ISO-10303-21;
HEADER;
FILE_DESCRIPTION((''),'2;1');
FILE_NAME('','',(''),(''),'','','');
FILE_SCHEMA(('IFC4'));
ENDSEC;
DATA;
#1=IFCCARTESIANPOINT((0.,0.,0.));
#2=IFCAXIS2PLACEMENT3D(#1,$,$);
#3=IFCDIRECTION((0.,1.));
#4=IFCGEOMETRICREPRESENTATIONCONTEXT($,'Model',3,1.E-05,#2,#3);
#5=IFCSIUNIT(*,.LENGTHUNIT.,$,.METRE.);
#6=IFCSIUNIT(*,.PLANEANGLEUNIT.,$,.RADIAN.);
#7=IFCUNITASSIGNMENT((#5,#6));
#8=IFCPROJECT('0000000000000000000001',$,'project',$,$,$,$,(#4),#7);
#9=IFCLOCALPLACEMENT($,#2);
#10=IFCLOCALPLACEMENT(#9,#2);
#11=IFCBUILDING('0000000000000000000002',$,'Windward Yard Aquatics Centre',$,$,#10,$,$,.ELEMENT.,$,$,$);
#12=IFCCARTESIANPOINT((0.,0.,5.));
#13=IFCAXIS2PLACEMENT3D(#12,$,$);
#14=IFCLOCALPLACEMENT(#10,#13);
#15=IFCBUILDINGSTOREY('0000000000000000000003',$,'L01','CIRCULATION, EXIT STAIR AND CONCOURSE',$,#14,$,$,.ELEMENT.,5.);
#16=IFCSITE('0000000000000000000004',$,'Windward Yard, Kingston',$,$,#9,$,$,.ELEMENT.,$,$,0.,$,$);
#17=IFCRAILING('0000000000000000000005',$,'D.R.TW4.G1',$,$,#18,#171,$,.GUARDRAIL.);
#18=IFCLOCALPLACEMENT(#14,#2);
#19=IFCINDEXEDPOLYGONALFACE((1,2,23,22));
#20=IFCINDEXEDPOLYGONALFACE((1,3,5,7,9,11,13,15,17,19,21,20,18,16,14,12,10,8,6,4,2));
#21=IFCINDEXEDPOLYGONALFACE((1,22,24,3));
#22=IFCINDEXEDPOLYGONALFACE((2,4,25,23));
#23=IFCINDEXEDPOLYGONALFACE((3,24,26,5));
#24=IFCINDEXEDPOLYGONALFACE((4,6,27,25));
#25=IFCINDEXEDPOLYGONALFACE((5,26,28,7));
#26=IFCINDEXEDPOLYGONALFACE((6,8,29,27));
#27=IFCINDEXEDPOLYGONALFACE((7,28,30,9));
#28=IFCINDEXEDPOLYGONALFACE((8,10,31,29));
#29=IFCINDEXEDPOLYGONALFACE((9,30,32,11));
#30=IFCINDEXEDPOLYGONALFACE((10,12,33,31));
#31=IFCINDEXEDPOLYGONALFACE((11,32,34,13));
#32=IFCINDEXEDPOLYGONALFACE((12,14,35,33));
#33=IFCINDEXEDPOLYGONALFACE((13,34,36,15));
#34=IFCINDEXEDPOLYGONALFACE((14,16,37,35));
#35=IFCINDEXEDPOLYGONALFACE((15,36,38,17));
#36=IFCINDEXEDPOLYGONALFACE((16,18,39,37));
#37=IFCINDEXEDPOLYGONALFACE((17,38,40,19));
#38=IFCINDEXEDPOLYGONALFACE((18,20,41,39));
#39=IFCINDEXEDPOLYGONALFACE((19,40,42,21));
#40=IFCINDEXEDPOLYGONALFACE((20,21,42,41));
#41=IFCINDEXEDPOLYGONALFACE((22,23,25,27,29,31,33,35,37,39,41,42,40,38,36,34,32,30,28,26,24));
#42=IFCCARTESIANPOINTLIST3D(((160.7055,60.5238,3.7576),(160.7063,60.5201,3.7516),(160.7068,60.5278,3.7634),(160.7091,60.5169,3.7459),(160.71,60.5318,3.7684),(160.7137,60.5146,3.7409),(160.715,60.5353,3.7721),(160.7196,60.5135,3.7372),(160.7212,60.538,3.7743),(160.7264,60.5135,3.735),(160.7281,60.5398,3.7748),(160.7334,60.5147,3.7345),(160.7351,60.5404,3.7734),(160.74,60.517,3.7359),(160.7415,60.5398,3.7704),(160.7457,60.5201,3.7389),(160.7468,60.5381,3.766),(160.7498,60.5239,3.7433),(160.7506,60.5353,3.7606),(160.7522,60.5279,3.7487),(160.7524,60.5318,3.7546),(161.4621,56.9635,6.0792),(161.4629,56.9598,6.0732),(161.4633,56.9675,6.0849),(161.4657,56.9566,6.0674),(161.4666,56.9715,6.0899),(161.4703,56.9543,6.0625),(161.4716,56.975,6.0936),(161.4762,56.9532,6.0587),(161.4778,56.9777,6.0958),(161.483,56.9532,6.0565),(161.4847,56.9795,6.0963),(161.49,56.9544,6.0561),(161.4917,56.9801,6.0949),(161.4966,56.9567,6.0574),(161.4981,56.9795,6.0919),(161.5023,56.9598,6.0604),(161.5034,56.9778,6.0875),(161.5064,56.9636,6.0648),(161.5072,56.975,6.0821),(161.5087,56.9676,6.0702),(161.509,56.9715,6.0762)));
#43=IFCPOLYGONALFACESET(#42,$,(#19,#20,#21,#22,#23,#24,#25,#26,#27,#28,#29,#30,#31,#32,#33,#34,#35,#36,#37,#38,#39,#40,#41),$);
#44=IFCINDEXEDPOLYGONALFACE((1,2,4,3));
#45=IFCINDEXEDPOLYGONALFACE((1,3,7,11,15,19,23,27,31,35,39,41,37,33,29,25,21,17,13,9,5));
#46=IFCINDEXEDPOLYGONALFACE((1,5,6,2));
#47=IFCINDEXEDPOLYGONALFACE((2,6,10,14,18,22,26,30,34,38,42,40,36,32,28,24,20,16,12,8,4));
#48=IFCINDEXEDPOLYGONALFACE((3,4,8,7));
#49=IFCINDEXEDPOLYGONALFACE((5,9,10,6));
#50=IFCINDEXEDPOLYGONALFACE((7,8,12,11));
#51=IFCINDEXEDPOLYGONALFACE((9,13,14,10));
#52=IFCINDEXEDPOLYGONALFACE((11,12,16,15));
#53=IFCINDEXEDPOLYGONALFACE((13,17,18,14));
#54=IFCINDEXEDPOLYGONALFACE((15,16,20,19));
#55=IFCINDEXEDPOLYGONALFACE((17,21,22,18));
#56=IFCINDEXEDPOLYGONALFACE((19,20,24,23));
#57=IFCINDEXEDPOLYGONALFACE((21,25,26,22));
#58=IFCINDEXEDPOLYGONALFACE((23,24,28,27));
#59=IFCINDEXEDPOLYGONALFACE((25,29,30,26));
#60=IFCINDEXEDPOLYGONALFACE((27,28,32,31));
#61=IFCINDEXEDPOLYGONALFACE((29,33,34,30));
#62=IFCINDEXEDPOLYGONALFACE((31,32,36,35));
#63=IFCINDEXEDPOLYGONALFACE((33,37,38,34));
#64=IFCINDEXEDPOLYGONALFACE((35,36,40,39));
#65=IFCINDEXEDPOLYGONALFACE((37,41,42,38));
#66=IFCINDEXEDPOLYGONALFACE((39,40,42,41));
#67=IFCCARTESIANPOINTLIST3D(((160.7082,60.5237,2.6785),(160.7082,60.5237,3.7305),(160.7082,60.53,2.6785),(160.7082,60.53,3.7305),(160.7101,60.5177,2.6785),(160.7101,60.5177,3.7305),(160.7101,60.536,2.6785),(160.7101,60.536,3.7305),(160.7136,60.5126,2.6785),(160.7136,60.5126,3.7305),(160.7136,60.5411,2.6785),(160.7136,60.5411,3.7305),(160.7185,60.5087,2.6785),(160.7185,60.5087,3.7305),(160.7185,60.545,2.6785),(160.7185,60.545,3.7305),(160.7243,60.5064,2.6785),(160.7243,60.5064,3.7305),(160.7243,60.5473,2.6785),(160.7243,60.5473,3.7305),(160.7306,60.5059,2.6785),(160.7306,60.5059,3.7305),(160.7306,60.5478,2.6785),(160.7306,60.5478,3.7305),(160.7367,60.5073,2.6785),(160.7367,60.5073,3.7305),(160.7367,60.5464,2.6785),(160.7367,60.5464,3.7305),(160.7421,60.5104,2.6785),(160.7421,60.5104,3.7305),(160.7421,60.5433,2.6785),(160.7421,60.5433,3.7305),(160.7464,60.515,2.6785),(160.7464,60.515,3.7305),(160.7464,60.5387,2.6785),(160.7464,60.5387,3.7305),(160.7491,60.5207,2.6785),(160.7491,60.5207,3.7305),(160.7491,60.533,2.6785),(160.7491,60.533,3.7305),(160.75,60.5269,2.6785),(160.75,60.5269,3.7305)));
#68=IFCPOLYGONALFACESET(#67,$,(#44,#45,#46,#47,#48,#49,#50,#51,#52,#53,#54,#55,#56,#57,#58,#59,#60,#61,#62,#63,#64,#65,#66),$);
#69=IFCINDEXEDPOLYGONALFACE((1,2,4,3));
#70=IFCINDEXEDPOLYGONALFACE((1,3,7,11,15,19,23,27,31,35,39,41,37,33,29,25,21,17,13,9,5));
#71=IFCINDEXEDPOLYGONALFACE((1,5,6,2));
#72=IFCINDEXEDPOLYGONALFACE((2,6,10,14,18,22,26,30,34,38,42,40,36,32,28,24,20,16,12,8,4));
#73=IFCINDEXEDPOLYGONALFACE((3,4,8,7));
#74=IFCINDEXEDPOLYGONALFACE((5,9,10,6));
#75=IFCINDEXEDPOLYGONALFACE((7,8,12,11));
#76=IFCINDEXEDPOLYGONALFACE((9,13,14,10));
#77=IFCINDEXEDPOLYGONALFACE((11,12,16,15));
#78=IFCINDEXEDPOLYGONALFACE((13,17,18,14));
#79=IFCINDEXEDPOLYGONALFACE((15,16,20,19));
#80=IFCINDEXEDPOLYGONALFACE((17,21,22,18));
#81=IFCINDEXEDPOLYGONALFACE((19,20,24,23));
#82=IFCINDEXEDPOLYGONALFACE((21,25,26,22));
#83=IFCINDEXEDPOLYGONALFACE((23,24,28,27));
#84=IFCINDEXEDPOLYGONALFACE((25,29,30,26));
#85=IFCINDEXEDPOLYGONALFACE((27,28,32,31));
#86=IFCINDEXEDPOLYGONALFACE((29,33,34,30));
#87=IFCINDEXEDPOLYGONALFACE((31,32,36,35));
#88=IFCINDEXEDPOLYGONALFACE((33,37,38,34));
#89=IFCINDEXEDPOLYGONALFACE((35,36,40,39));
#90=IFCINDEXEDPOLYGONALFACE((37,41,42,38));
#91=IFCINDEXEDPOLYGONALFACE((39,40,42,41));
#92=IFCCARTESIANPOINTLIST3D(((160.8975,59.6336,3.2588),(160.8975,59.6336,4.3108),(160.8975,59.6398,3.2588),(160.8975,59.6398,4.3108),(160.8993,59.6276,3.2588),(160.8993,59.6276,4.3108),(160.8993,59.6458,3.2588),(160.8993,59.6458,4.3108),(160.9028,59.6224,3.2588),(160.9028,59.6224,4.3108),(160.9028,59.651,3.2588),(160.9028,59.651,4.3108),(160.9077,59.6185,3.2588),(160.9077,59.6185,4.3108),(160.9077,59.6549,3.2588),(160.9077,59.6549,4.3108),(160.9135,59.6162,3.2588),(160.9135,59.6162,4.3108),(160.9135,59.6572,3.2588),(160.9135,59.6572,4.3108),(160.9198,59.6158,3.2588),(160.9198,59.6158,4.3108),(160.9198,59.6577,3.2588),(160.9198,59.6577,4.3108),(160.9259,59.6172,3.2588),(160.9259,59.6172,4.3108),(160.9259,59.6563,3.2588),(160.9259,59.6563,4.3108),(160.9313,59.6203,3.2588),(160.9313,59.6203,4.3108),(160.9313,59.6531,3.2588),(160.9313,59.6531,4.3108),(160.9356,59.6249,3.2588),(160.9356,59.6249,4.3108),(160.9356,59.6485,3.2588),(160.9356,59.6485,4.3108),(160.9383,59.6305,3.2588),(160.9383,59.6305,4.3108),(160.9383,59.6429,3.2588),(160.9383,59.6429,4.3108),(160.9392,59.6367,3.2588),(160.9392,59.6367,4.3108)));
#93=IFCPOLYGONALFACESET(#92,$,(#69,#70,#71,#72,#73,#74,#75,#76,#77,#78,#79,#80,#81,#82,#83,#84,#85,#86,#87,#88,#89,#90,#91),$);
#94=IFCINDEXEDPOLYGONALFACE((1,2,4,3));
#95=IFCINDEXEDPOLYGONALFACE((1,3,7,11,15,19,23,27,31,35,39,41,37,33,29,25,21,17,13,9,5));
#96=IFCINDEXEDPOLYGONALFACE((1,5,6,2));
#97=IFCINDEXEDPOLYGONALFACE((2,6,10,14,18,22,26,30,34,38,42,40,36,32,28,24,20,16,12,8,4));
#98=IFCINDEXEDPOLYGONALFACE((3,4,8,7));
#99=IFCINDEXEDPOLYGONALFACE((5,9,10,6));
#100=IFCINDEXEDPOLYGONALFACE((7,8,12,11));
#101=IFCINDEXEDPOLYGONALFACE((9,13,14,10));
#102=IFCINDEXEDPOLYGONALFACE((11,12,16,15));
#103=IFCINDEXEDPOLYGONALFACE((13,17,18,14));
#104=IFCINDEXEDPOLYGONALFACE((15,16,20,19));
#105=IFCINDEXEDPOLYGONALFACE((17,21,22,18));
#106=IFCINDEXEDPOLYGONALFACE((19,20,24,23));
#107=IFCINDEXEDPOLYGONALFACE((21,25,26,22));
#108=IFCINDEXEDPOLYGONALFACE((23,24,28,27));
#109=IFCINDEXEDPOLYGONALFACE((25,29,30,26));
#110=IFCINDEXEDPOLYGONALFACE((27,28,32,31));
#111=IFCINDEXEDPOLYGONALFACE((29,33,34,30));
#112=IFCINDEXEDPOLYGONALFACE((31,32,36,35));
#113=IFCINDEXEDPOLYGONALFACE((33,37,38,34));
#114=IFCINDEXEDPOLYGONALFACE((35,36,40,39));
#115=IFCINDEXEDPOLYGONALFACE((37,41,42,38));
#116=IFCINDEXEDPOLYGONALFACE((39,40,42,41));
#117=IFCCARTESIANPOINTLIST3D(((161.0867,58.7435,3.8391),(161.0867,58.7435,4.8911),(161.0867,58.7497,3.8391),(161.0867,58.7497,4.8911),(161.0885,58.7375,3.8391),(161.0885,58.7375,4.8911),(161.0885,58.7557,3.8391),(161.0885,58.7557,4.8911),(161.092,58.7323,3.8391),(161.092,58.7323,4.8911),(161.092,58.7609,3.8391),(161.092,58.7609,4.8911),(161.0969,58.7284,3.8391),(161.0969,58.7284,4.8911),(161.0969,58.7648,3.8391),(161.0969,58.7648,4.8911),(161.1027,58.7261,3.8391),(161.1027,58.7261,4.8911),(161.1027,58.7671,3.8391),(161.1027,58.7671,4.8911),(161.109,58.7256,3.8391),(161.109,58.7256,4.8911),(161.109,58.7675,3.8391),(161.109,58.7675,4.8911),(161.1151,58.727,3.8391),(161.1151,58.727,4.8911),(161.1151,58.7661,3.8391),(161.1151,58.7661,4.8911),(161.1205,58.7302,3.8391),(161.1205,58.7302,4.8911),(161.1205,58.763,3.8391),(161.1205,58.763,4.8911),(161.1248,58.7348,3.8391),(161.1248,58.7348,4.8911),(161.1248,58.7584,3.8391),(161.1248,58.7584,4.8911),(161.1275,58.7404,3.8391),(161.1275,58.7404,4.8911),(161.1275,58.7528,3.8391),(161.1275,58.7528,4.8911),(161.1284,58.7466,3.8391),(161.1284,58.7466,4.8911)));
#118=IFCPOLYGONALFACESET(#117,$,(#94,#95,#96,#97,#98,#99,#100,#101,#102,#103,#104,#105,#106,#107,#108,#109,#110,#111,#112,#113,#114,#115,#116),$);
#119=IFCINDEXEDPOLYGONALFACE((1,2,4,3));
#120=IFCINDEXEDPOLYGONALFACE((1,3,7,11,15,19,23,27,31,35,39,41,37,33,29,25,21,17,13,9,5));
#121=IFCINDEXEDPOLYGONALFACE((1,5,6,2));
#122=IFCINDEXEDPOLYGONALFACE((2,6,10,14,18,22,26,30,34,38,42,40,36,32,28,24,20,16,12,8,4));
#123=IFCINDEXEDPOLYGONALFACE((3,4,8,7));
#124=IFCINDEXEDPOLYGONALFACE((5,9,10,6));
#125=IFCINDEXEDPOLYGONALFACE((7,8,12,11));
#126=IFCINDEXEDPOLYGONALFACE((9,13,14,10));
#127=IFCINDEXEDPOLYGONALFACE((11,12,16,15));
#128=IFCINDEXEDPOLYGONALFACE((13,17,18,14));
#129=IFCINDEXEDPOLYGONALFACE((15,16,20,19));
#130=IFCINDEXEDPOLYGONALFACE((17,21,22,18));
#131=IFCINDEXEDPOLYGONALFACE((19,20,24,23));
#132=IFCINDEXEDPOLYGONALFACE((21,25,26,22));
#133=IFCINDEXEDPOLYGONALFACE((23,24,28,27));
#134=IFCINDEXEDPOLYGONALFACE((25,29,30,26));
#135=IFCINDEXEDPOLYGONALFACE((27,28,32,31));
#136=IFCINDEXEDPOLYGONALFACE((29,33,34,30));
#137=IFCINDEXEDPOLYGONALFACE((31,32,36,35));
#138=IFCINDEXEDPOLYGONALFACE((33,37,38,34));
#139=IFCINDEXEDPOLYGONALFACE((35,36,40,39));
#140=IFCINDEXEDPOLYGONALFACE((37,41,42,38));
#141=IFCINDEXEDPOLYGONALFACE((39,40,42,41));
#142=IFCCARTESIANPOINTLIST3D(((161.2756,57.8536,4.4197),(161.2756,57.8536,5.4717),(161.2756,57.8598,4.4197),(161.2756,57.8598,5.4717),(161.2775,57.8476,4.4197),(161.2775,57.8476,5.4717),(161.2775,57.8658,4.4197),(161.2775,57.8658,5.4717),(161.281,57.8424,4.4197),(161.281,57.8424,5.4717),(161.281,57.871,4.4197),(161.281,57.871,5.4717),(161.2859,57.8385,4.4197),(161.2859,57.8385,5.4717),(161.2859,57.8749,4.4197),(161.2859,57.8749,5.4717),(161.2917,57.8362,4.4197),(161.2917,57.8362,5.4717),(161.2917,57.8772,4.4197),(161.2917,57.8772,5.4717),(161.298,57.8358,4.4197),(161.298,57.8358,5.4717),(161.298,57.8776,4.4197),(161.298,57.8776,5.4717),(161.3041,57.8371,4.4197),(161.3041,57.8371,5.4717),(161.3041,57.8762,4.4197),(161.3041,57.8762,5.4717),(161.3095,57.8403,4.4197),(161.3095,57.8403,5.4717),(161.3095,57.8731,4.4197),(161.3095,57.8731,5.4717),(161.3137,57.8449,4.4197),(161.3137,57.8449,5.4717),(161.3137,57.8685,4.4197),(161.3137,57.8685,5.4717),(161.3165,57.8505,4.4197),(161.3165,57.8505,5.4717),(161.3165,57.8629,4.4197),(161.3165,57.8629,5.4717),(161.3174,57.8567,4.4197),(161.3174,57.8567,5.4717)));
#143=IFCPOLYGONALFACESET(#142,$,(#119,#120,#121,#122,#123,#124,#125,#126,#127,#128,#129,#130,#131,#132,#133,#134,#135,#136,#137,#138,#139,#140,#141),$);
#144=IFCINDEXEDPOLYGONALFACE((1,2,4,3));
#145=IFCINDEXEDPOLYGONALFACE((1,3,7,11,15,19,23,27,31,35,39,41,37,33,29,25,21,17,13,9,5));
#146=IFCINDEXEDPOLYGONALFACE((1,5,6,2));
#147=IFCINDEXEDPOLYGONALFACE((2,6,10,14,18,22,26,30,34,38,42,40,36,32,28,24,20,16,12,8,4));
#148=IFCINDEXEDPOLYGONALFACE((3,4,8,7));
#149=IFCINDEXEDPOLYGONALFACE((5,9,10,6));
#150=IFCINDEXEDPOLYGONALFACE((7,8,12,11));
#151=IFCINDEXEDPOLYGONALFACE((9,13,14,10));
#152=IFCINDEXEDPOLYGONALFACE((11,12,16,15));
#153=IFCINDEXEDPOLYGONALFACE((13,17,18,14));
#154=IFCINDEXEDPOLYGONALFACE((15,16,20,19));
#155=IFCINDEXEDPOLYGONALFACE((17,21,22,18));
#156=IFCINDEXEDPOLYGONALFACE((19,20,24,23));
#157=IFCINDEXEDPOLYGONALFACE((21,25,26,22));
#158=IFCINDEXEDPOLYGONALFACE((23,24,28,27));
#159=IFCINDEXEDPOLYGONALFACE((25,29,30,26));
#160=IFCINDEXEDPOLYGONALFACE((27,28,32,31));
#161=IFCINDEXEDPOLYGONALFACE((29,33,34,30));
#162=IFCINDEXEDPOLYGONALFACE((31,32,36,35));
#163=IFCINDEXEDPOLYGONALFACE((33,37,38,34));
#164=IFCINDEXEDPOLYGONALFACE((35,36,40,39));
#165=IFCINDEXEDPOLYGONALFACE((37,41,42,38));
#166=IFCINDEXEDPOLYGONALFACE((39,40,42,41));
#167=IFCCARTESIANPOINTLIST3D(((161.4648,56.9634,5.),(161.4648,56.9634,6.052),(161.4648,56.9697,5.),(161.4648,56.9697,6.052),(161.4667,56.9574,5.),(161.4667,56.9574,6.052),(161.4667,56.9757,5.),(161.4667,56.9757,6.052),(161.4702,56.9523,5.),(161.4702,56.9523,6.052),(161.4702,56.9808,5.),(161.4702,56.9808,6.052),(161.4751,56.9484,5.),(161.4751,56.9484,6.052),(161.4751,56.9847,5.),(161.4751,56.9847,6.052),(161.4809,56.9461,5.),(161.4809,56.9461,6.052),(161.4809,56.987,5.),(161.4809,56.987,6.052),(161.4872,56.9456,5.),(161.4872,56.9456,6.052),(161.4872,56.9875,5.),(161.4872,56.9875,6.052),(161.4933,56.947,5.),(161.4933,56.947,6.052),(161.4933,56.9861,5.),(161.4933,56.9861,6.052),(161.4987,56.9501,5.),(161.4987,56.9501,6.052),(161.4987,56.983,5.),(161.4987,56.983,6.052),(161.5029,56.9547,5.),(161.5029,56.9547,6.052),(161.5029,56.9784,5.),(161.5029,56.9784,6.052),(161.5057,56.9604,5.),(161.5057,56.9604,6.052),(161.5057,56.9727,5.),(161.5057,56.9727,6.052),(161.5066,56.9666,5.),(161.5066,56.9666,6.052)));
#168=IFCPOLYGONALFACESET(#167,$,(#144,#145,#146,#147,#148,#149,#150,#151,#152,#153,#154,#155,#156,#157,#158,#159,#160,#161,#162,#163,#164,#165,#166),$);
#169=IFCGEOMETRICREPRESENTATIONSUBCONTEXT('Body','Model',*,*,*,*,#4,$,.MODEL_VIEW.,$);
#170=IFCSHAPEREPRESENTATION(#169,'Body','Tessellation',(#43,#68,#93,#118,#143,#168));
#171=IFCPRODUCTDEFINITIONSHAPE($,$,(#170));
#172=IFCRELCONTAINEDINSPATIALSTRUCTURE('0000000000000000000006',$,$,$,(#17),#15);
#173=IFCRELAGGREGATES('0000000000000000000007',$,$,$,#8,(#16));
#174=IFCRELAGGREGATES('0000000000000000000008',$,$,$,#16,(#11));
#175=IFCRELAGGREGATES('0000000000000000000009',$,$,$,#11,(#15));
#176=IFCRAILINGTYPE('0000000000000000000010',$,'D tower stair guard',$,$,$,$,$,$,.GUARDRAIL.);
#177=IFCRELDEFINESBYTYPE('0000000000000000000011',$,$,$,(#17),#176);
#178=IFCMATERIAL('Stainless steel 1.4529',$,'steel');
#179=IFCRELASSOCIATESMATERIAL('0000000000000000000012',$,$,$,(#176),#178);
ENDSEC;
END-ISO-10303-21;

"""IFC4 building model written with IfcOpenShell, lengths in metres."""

from ifc_helpers import new_model, si_unit, direction, frame, origin, origin_2d, place, context, subcontext, project, spatial, circle, extrude, material, type_object, element, save


model = new_model("IFC4")

# Units and contexts
model_context = context("Model", 3, precision=1e-05, world=origin(), true_north=direction((0.0, 1.0)))
body_context = subcontext(model_context, "Body", "Model", "MODEL_VIEW")
ifc_project = project(units=[si_unit("LENGTHUNIT", "METRE"), si_unit("PLANEANGLEUNIT", "RADIAN")], contexts=[model_context])

# Site, building, storey
site_placement = place(None, origin())
site = spatial("IfcSite", under=ifc_project, at=site_placement, Name="Windward Yard, Kingston", CompositionType="ELEMENT", RefElevation=0.0)
building_placement = place(site_placement, origin())
building = spatial("IfcBuilding", under=site, at=building_placement, Name="Windward Yard Aquatics Centre", CompositionType="ELEMENT")
storey_placement = place(building_placement, frame((0.0, 0.0, 5.0)))
storey = spatial("IfcBuildingStorey", under=building, at=storey_placement, Name="L01", Description="CIRCULATION, EXIT STAIR AND CONCOURSE", CompositionType="ELEMENT", Elevation=5.0)

# Shared definitions
ifc_material_1 = material(Name="Stainless steel 1.4529", Category="steel")

# Railing
railing_type_1 = type_object("IfcRailingType", Name="D tower stair guard", PredefinedType="GUARDRAIL", material=ifc_material_1)
for number, where, name in (
    (1, (160.729, 60.5269, 2.6785), "D.R.TW4.G1"),
):
    element("IfcRailing", number, at=place(storey_placement, frame(where)), inside=storey, type_object=railing_type_1, Name=name, PredefinedType="GUARDRAIL", context=body_context, shape_type="SweptSolid", body=[
        extrude(circle(Radius=0.0239, at=origin_2d()), frame((0.0, 0.0, 1.0762), z_axis=(0.175253, -0.82469, 0.537748), x_axis=(0.978157, 0.207866, 0.0)), (0.0, 0.0, 1.0), 4.3171),
        extrude(circle(Radius=0.021, at=origin_2d()), origin(), (0.0, 0.0, 1.0), 1.052),
        extrude(circle(Radius=0.021, at=origin_2d()), frame((0.1892, -0.8901, 0.5803)), (0.0, 0.0, 1.0), 1.052),
        extrude(circle(Radius=0.021, at=origin_2d()), frame((0.3784, -1.7803, 1.1606)), (0.0, 0.0, 1.0), 1.052),
        extrude(circle(Radius=0.021, at=origin_2d()), frame((0.5674, -2.6702, 1.7412)), (0.0, 0.0, 1.0), 1.052),
        extrude(circle(Radius=0.021, at=origin_2d()), frame((0.7566, -3.5603, 2.3215)), (0.0, 0.0, 1.0), 1.052),
    ])

save(model, "model.ifc")
